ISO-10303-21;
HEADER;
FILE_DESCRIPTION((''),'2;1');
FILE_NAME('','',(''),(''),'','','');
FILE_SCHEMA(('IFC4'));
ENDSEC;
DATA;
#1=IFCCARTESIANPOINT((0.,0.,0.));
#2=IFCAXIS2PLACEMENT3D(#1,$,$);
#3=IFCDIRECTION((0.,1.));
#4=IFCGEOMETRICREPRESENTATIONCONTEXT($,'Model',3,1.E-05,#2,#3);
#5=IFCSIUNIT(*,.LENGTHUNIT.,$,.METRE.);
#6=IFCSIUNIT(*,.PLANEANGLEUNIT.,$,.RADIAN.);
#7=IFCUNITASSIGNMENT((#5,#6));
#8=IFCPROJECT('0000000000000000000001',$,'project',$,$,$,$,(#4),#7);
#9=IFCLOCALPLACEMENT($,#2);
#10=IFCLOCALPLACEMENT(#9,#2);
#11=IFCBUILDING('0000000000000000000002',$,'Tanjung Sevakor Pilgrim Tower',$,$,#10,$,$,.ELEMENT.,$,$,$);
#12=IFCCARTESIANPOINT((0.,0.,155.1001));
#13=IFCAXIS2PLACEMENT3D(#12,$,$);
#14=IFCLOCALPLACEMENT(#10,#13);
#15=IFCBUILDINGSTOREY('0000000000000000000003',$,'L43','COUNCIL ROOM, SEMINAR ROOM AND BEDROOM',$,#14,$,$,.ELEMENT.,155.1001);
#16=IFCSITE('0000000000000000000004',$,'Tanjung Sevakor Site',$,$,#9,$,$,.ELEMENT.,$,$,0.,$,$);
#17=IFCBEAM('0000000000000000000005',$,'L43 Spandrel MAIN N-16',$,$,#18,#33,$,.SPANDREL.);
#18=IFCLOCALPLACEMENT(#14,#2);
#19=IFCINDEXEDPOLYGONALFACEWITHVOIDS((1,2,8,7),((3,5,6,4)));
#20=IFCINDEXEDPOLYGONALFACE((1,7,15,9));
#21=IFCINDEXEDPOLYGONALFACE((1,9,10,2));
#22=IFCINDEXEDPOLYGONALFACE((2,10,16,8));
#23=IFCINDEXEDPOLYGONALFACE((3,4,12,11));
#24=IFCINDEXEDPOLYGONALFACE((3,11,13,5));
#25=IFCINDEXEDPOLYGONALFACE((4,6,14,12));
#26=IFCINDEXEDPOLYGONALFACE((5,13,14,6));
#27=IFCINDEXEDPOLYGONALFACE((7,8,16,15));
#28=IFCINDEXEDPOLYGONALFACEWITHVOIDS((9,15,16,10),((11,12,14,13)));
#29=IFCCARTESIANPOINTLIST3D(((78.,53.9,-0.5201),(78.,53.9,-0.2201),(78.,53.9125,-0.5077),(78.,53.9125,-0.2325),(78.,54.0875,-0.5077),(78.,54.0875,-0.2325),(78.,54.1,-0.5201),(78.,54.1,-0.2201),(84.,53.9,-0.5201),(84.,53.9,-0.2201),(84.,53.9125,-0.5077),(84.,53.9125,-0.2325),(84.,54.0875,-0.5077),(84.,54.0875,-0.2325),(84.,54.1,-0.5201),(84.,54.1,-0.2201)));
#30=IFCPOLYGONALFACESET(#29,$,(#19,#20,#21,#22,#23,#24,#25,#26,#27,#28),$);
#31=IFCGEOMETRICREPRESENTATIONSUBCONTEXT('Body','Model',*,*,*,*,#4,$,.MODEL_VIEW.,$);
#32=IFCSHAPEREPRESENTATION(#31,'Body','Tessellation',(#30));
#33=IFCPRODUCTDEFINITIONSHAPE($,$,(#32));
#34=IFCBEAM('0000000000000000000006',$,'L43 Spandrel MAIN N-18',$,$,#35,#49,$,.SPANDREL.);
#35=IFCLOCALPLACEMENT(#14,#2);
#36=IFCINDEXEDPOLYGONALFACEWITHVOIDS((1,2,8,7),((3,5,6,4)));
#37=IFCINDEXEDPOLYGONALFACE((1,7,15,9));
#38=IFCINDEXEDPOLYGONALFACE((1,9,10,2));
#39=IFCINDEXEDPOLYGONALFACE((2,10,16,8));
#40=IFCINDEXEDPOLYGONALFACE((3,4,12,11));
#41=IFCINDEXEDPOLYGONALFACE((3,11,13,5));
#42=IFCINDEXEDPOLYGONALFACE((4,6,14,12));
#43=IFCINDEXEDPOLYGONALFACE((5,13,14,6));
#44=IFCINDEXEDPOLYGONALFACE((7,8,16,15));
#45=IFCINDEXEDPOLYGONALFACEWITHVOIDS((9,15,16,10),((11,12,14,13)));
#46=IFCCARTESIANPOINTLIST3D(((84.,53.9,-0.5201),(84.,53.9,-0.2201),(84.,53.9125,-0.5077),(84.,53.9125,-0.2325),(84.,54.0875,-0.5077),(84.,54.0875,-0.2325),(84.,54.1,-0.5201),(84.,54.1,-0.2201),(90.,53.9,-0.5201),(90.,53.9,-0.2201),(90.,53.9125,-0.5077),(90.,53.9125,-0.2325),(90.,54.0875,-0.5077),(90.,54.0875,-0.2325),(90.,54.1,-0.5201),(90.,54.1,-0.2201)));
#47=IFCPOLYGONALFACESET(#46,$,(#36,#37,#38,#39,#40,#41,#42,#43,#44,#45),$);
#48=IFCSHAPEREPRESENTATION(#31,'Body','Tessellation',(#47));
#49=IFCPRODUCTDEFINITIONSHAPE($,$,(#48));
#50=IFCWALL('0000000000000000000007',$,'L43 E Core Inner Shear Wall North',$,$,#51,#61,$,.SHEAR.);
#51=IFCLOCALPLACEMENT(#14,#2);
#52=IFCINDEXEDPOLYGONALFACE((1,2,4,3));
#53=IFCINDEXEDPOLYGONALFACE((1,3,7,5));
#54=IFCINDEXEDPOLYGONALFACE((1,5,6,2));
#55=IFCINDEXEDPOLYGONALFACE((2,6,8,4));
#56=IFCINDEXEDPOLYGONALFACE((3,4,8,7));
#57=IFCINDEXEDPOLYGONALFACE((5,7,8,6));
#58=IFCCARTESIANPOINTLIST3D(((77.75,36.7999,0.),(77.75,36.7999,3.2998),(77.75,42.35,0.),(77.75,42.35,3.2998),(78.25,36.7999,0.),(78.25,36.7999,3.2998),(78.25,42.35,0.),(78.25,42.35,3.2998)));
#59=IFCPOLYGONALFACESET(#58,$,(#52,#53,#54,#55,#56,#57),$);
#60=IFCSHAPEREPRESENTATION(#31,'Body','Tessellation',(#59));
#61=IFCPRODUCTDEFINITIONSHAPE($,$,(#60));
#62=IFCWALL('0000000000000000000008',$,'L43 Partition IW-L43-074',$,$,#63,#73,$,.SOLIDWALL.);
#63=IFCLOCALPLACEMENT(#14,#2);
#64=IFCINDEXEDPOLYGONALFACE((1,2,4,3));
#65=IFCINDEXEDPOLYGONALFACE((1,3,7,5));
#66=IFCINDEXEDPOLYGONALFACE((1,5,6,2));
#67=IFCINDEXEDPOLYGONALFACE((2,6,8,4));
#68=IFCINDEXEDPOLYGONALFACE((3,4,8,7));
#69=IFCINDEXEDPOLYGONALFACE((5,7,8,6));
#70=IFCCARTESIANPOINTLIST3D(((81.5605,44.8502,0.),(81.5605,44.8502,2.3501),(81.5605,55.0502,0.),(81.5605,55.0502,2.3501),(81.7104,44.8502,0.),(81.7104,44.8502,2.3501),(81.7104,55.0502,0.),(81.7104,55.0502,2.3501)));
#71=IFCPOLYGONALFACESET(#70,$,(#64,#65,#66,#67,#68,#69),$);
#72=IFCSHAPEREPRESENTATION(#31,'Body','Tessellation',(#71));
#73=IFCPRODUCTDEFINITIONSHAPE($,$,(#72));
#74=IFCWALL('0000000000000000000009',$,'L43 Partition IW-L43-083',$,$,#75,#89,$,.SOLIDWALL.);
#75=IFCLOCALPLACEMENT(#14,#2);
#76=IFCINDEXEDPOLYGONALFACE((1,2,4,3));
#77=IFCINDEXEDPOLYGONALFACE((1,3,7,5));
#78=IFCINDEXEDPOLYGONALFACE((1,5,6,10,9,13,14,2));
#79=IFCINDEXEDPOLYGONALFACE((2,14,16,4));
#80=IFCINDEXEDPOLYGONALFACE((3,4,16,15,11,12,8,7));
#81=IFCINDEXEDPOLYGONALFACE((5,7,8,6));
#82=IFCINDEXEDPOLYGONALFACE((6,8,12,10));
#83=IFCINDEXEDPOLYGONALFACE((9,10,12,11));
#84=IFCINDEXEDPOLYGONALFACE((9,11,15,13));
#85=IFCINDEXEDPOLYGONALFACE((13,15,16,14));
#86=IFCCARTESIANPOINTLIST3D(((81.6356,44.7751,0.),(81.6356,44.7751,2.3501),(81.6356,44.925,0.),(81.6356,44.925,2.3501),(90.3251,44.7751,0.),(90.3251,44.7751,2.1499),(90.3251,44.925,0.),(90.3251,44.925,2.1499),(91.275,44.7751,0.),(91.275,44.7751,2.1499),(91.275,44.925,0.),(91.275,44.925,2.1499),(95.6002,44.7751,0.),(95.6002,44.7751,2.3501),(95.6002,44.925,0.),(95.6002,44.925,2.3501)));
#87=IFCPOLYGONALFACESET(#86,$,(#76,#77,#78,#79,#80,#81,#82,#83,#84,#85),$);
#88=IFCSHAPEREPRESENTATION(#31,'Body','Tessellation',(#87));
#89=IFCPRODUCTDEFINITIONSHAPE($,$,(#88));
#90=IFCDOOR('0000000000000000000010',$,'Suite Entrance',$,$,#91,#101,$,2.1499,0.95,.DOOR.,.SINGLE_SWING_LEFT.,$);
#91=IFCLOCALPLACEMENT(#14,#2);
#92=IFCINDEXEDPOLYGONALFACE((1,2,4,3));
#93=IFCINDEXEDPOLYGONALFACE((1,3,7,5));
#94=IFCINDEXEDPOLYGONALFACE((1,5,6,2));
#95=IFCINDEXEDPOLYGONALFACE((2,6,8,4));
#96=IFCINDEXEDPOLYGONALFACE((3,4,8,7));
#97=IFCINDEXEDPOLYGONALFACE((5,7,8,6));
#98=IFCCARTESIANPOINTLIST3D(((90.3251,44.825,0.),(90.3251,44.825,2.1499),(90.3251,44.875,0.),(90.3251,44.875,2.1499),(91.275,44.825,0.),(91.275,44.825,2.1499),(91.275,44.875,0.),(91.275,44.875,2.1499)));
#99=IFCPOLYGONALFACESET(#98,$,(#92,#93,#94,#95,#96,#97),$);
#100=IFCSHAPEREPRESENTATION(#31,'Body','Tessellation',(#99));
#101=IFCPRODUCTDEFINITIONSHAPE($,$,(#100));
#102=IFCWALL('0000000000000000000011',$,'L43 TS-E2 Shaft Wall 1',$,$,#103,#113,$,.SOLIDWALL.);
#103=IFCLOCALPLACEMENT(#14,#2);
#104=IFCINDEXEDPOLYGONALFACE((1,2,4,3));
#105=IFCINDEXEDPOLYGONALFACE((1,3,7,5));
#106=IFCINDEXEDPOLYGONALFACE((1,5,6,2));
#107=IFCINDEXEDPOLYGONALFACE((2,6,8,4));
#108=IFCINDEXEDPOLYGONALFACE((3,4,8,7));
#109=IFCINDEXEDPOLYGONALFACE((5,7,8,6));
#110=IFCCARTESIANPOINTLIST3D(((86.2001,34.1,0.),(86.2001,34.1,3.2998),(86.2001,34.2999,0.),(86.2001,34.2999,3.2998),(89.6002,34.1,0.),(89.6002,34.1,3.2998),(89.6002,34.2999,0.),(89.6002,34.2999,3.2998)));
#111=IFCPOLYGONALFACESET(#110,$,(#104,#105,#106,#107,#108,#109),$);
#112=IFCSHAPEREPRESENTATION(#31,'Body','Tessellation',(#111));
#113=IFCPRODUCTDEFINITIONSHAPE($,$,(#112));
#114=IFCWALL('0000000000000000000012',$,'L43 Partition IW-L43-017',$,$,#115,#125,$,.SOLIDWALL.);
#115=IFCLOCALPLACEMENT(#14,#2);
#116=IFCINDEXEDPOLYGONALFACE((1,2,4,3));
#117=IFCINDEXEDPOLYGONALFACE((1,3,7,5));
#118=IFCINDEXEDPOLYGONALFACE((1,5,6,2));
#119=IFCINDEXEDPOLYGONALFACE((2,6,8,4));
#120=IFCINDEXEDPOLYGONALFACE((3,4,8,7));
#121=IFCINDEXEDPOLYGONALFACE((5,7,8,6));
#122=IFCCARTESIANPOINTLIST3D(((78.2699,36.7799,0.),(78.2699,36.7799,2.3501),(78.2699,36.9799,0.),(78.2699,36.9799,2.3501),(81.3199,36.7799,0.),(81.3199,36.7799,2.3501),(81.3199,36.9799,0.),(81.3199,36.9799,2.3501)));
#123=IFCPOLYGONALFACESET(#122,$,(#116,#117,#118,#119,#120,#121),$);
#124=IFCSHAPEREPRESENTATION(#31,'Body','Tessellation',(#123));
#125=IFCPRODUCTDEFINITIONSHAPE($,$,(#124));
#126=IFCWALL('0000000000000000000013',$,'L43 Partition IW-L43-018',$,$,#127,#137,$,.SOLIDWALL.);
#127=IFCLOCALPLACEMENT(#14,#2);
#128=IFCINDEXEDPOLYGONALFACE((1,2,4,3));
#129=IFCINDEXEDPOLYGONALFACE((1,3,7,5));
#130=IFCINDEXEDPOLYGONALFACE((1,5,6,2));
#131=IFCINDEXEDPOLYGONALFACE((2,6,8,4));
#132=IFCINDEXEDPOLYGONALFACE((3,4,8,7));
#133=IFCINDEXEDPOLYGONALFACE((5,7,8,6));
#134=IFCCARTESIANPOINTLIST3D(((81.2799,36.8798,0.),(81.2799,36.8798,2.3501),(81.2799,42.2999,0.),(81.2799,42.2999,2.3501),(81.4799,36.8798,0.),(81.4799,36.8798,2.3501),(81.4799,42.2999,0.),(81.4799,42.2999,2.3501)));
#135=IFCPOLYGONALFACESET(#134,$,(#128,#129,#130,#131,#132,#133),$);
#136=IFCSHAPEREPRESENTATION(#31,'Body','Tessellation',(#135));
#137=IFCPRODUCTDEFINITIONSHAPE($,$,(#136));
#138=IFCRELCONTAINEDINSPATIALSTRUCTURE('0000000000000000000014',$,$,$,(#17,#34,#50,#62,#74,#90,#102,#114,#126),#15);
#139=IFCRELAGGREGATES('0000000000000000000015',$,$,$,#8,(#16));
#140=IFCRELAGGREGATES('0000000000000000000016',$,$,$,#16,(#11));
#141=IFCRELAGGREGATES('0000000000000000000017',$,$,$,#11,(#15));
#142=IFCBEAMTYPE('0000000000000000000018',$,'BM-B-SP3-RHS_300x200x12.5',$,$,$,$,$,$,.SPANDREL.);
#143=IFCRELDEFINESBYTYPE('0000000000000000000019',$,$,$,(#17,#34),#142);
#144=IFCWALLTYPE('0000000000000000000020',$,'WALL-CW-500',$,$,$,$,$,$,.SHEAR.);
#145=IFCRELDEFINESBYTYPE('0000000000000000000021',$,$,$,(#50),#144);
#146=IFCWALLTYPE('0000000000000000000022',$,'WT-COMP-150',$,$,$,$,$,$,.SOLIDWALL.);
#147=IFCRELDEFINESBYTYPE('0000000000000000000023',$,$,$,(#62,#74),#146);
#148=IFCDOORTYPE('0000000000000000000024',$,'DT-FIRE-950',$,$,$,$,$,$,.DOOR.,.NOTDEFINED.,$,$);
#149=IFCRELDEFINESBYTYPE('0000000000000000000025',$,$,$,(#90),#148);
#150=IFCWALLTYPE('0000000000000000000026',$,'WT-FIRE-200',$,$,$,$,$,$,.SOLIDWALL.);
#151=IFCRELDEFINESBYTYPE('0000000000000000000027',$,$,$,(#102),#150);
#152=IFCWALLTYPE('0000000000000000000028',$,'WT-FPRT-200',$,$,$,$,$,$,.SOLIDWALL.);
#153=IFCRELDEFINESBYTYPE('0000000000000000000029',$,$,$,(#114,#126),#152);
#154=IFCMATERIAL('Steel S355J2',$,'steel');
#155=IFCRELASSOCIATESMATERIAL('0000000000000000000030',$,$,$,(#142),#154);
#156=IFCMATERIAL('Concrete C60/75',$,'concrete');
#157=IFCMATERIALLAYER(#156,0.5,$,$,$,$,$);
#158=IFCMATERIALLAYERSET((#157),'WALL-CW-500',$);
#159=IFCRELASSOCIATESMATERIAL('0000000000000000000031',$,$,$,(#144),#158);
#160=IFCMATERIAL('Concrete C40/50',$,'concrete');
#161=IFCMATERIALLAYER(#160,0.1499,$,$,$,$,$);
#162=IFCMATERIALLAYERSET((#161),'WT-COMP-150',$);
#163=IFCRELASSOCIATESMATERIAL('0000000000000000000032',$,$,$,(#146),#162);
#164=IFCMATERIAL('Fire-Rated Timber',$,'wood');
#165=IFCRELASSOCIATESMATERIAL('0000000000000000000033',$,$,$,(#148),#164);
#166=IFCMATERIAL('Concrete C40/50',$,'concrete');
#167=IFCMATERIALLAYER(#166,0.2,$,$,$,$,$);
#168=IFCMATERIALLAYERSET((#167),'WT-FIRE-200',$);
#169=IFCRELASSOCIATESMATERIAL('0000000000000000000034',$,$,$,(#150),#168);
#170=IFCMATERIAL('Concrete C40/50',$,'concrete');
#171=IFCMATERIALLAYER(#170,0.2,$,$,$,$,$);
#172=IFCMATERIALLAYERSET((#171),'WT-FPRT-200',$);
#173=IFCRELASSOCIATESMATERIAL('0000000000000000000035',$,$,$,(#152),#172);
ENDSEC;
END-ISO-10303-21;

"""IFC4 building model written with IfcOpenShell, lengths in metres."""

from ifc_helpers import new_model, si_unit, direction, frame, frame_2d, origin, origin_2d, place, context, subcontext, project, spatial, rectangle, hollow_rectangle, extrude, material, layer, layer_set, material_profile, profile_set, type_object, element, fill, save


model = new_model("IFC4")

# Units and contexts
model_context = context("Model", 3, precision=1e-05, world=origin(), true_north=direction((0.0, 1.0)))
body_context = subcontext(model_context, "Body", "Model", "MODEL_VIEW")
ifc_project = project(units=[si_unit("LENGTHUNIT", "METRE"), si_unit("PLANEANGLEUNIT", "RADIAN")], contexts=[model_context])

# Site, building, storey
site_placement = place(None, origin())
site = spatial("IfcSite", under=ifc_project, at=site_placement, Name="Tanjung Sevakor Site", CompositionType="ELEMENT", RefElevation=0.0)
building_placement = place(site_placement, origin())
building = spatial("IfcBuilding", under=site, at=building_placement, Name="Tanjung Sevakor Pilgrim Tower", CompositionType="ELEMENT")
storey_placement = place(building_placement, frame((0.0, 0.0, 155.1001)))
storey = spatial("IfcBuildingStorey", under=building, at=storey_placement, Name="L43", Description="COUNCIL ROOM, SEMINAR ROOM AND BEDROOM", CompositionType="ELEMENT", Elevation=155.1001)

# Beams
ifc_material_1 = material(Name="Steel S355J2", Category="steel")
ifc_material_profile_1 = material_profile(ifc_material_1, hollow_rectangle(XDim=0.2, YDim=0.3, WallThickness=0.0125, at=origin_2d()))
ifc_profile_set_1 = profile_set([ifc_material_profile_1], Name="Steel S355J2")
beam_type_1 = type_object("IfcBeamType", Name="BM-B-SP3-RHS_300x200x12.5", PredefinedType="SPANDREL", material=ifc_profile_set_1)
for number, where, z_axis, x_axis, name in (
    (1, (78.0, 54.0, -0.3701), (1.0, 0.0, 0.0), (0.0, 1.0, 0.0), "L43 Spandrel MAIN N-16"),
    (2, (84.0, 54.0, -0.3701), (1.0, 0.0, 0.0), (0.0, 1.0, 0.0), "L43 Spandrel MAIN N-18"),
):
    element("IfcBeam", number, at=place(storey_placement, frame(where, z_axis=z_axis, x_axis=x_axis)), inside=storey, type_object=beam_type_1, Name=name, PredefinedType="SPANDREL", context=body_context, shape_type="SweptSolid", body=[
        extrude(hollow_rectangle(XDim=0.2, YDim=0.3, WallThickness=0.0125, at=origin_2d()), origin(), (0.0, 0.0, 1.0), 6.0),
    ])

# Wall
ifc_material_2 = material(Name="Concrete C60/75", Category="concrete")
ifc_layer_1 = layer(ifc_material_2, 0.5)
ifc_layer_set_1 = layer_set([ifc_layer_1], Name="WALL-CW-500")
wall_type_1 = type_object("IfcWallType", Name="WALL-CW-500", PredefinedType="SHEAR", material=ifc_layer_set_1)
wall_1_placement = place(storey_placement, frame((78.0, 36.8, 0.0), z_axis=(0.0, 0.0, 1.0), x_axis=(0.0, 1.0, 0.0)))
element("IfcWall", 3, at=wall_1_placement, inside=storey, type_object=wall_type_1, Name="L43 E Core Inner Shear Wall North", PredefinedType="SHEAR", context=body_context, shape_type="SweptSolid", body=[
    extrude(rectangle(XDim=5.55, YDim=0.5, at=frame_2d((2.7749, 0.0))), origin(), (0.0, 0.0, 1.0), 3.2998),
])

# Shared definitions
ifc_material_3 = material(Name="Concrete C40/50", Category="concrete")
ifc_layer_2 = layer(ifc_material_3, 0.1499)
ifc_layer_set_2 = layer_set([ifc_layer_2], Name="WT-COMP-150")
wall_type_2 = type_object("IfcWallType", Name="WT-COMP-150", PredefinedType="SOLIDWALL", material=ifc_layer_set_2)
ifc_material_4 = material(Name="Fire-Rated Timber", Category="wood")
door_type_1 = type_object("IfcDoorType", Name="DT-FIRE-950", OperationType="NOTDEFINED", PredefinedType="DOOR", material=ifc_material_4)

# Wall
wall_2_placement = place(storey_placement, frame((81.6355, 44.8501, 0.0), z_axis=(0.0, 0.0, 1.0), x_axis=(0.0, 1.0, 0.0)))
element("IfcWall", 4, at=wall_2_placement, inside=storey, type_object=wall_type_2, Name="L43 Partition IW-L43-074", PredefinedType="SOLIDWALL", context=body_context, shape_type="SweptSolid", body=[
    extrude(rectangle(XDim=10.2, YDim=0.1499, at=frame_2d((5.1001, 0.0))), origin(), (0.0, 0.0, 1.0), 2.3501),
])

# Wall, opening, door
wall_3_placement = place(storey_placement, frame((81.6355, 44.8501, 0.0), z_axis=(0.0, 0.0, 1.0), x_axis=(1.0, 0.0, 0.0)))
wall_3 = element("IfcWall", 5, at=wall_3_placement, inside=storey, type_object=wall_type_2, Name="L43 Partition IW-L43-083", PredefinedType="SOLIDWALL", context=body_context, shape_type="SweptSolid", body=[
    extrude(rectangle(XDim=13.9646, YDim=0.1499, at=frame_2d((6.9824, 0.0))), origin(), (0.0, 0.0, 1.0), 2.3501),
])
opening_1_placement = place(wall_3_placement, frame((8.6895, 0.0, 0.0)))
opening_1 = element("IfcOpeningElement", 6, at=opening_1_placement, cuts=wall_3, PredefinedType="OPENING", context=body_context, shape_type="SweptSolid", body=[
    extrude(rectangle(XDim=0.95, YDim=2.1499, at=frame_2d((0.4751, 1.075))), frame((0.0, 0.085, 0.0), z_axis=(0.0, -1.0, 0.0), x_axis=(1.0, 0.0, 0.0)), (0.0, 0.0, 1.0), 0.1699),
])
door_1_placement = place(opening_1_placement, origin())
door_1 = element("IfcDoor", 7, at=door_1_placement, inside=storey, type_object=door_type_1, Name="Suite Entrance", OperationType="SINGLE_SWING_LEFT", OverallHeight=2.1499, OverallWidth=0.95, PredefinedType="DOOR", context=body_context, shape_type="SweptSolid", body=[
    extrude(rectangle(XDim=0.95, YDim=2.1499, at=frame_2d((0.4751, 1.075))), frame((0.0, 0.0249, 0.0), z_axis=(0.0, -1.0, 0.0), x_axis=(1.0, 0.0, 0.0)), (0.0, 0.0, 1.0), 0.05),
])
fill(opening_1, door_1)

# Walls
ifc_material_5 = material(Name="Concrete C40/50", Category="concrete")
ifc_layer_3 = layer(ifc_material_5, 0.2)
ifc_layer_set_3 = layer_set([ifc_layer_3], Name="WT-FIRE-200")
wall_type_3 = type_object("IfcWallType", Name="WT-FIRE-200", PredefinedType="SOLIDWALL", material=ifc_layer_set_3)
wall_4_placement = place(storey_placement, frame((86.2, 34.2, 0.0), z_axis=(0.0, 0.0, 1.0), x_axis=(1.0, 0.0, 0.0)))
element("IfcWall", 8, at=wall_4_placement, inside=storey, type_object=wall_type_3, Name="L43 TS-E2 Shaft Wall 1", PredefinedType="SOLIDWALL", context=body_context, shape_type="SweptSolid", body=[
    extrude(rectangle(XDim=3.4001, YDim=0.2, at=frame_2d((1.7002, 0.0))), origin(), (0.0, 0.0, 1.0), 3.2998),
])
ifc_material_6 = material(Name="Concrete C40/50", Category="concrete")
ifc_layer_4 = layer(ifc_material_6, 0.2)
ifc_layer_set_4 = layer_set([ifc_layer_4], Name="WT-FPRT-200")
wall_type_4 = type_object("IfcWallType", Name="WT-FPRT-200", PredefinedType="SOLIDWALL", material=ifc_layer_set_4)
wall_5_placement = place(storey_placement, frame((78.27, 36.8799, 0.0), z_axis=(0.0, 0.0, 1.0), x_axis=(1.0, 0.0, 0.0)))
element("IfcWall", 9, at=wall_5_placement, inside=storey, type_object=wall_type_4, Name="L43 Partition IW-L43-017", PredefinedType="SOLIDWALL", context=body_context, shape_type="SweptSolid", body=[
    extrude(rectangle(XDim=3.05, YDim=0.2, at=frame_2d((1.5249, 0.0))), origin(), (0.0, 0.0, 1.0), 2.3501),
])
wall_6_placement = place(storey_placement, frame((81.3799, 36.8799, 0.0), z_axis=(0.0, 0.0, 1.0), x_axis=(0.0, 1.0, 0.0)))
element("IfcWall", 10, at=wall_6_placement, inside=storey, type_object=wall_type_4, Name="L43 Partition IW-L43-018", PredefinedType="SOLIDWALL", context=body_context, shape_type="SweptSolid", body=[
    extrude(rectangle(XDim=5.4202, YDim=0.2, at=frame_2d((2.71, 0.0))), origin(), (0.0, 0.0, 1.0), 2.3501),
])

save(model, "model.ifc")
